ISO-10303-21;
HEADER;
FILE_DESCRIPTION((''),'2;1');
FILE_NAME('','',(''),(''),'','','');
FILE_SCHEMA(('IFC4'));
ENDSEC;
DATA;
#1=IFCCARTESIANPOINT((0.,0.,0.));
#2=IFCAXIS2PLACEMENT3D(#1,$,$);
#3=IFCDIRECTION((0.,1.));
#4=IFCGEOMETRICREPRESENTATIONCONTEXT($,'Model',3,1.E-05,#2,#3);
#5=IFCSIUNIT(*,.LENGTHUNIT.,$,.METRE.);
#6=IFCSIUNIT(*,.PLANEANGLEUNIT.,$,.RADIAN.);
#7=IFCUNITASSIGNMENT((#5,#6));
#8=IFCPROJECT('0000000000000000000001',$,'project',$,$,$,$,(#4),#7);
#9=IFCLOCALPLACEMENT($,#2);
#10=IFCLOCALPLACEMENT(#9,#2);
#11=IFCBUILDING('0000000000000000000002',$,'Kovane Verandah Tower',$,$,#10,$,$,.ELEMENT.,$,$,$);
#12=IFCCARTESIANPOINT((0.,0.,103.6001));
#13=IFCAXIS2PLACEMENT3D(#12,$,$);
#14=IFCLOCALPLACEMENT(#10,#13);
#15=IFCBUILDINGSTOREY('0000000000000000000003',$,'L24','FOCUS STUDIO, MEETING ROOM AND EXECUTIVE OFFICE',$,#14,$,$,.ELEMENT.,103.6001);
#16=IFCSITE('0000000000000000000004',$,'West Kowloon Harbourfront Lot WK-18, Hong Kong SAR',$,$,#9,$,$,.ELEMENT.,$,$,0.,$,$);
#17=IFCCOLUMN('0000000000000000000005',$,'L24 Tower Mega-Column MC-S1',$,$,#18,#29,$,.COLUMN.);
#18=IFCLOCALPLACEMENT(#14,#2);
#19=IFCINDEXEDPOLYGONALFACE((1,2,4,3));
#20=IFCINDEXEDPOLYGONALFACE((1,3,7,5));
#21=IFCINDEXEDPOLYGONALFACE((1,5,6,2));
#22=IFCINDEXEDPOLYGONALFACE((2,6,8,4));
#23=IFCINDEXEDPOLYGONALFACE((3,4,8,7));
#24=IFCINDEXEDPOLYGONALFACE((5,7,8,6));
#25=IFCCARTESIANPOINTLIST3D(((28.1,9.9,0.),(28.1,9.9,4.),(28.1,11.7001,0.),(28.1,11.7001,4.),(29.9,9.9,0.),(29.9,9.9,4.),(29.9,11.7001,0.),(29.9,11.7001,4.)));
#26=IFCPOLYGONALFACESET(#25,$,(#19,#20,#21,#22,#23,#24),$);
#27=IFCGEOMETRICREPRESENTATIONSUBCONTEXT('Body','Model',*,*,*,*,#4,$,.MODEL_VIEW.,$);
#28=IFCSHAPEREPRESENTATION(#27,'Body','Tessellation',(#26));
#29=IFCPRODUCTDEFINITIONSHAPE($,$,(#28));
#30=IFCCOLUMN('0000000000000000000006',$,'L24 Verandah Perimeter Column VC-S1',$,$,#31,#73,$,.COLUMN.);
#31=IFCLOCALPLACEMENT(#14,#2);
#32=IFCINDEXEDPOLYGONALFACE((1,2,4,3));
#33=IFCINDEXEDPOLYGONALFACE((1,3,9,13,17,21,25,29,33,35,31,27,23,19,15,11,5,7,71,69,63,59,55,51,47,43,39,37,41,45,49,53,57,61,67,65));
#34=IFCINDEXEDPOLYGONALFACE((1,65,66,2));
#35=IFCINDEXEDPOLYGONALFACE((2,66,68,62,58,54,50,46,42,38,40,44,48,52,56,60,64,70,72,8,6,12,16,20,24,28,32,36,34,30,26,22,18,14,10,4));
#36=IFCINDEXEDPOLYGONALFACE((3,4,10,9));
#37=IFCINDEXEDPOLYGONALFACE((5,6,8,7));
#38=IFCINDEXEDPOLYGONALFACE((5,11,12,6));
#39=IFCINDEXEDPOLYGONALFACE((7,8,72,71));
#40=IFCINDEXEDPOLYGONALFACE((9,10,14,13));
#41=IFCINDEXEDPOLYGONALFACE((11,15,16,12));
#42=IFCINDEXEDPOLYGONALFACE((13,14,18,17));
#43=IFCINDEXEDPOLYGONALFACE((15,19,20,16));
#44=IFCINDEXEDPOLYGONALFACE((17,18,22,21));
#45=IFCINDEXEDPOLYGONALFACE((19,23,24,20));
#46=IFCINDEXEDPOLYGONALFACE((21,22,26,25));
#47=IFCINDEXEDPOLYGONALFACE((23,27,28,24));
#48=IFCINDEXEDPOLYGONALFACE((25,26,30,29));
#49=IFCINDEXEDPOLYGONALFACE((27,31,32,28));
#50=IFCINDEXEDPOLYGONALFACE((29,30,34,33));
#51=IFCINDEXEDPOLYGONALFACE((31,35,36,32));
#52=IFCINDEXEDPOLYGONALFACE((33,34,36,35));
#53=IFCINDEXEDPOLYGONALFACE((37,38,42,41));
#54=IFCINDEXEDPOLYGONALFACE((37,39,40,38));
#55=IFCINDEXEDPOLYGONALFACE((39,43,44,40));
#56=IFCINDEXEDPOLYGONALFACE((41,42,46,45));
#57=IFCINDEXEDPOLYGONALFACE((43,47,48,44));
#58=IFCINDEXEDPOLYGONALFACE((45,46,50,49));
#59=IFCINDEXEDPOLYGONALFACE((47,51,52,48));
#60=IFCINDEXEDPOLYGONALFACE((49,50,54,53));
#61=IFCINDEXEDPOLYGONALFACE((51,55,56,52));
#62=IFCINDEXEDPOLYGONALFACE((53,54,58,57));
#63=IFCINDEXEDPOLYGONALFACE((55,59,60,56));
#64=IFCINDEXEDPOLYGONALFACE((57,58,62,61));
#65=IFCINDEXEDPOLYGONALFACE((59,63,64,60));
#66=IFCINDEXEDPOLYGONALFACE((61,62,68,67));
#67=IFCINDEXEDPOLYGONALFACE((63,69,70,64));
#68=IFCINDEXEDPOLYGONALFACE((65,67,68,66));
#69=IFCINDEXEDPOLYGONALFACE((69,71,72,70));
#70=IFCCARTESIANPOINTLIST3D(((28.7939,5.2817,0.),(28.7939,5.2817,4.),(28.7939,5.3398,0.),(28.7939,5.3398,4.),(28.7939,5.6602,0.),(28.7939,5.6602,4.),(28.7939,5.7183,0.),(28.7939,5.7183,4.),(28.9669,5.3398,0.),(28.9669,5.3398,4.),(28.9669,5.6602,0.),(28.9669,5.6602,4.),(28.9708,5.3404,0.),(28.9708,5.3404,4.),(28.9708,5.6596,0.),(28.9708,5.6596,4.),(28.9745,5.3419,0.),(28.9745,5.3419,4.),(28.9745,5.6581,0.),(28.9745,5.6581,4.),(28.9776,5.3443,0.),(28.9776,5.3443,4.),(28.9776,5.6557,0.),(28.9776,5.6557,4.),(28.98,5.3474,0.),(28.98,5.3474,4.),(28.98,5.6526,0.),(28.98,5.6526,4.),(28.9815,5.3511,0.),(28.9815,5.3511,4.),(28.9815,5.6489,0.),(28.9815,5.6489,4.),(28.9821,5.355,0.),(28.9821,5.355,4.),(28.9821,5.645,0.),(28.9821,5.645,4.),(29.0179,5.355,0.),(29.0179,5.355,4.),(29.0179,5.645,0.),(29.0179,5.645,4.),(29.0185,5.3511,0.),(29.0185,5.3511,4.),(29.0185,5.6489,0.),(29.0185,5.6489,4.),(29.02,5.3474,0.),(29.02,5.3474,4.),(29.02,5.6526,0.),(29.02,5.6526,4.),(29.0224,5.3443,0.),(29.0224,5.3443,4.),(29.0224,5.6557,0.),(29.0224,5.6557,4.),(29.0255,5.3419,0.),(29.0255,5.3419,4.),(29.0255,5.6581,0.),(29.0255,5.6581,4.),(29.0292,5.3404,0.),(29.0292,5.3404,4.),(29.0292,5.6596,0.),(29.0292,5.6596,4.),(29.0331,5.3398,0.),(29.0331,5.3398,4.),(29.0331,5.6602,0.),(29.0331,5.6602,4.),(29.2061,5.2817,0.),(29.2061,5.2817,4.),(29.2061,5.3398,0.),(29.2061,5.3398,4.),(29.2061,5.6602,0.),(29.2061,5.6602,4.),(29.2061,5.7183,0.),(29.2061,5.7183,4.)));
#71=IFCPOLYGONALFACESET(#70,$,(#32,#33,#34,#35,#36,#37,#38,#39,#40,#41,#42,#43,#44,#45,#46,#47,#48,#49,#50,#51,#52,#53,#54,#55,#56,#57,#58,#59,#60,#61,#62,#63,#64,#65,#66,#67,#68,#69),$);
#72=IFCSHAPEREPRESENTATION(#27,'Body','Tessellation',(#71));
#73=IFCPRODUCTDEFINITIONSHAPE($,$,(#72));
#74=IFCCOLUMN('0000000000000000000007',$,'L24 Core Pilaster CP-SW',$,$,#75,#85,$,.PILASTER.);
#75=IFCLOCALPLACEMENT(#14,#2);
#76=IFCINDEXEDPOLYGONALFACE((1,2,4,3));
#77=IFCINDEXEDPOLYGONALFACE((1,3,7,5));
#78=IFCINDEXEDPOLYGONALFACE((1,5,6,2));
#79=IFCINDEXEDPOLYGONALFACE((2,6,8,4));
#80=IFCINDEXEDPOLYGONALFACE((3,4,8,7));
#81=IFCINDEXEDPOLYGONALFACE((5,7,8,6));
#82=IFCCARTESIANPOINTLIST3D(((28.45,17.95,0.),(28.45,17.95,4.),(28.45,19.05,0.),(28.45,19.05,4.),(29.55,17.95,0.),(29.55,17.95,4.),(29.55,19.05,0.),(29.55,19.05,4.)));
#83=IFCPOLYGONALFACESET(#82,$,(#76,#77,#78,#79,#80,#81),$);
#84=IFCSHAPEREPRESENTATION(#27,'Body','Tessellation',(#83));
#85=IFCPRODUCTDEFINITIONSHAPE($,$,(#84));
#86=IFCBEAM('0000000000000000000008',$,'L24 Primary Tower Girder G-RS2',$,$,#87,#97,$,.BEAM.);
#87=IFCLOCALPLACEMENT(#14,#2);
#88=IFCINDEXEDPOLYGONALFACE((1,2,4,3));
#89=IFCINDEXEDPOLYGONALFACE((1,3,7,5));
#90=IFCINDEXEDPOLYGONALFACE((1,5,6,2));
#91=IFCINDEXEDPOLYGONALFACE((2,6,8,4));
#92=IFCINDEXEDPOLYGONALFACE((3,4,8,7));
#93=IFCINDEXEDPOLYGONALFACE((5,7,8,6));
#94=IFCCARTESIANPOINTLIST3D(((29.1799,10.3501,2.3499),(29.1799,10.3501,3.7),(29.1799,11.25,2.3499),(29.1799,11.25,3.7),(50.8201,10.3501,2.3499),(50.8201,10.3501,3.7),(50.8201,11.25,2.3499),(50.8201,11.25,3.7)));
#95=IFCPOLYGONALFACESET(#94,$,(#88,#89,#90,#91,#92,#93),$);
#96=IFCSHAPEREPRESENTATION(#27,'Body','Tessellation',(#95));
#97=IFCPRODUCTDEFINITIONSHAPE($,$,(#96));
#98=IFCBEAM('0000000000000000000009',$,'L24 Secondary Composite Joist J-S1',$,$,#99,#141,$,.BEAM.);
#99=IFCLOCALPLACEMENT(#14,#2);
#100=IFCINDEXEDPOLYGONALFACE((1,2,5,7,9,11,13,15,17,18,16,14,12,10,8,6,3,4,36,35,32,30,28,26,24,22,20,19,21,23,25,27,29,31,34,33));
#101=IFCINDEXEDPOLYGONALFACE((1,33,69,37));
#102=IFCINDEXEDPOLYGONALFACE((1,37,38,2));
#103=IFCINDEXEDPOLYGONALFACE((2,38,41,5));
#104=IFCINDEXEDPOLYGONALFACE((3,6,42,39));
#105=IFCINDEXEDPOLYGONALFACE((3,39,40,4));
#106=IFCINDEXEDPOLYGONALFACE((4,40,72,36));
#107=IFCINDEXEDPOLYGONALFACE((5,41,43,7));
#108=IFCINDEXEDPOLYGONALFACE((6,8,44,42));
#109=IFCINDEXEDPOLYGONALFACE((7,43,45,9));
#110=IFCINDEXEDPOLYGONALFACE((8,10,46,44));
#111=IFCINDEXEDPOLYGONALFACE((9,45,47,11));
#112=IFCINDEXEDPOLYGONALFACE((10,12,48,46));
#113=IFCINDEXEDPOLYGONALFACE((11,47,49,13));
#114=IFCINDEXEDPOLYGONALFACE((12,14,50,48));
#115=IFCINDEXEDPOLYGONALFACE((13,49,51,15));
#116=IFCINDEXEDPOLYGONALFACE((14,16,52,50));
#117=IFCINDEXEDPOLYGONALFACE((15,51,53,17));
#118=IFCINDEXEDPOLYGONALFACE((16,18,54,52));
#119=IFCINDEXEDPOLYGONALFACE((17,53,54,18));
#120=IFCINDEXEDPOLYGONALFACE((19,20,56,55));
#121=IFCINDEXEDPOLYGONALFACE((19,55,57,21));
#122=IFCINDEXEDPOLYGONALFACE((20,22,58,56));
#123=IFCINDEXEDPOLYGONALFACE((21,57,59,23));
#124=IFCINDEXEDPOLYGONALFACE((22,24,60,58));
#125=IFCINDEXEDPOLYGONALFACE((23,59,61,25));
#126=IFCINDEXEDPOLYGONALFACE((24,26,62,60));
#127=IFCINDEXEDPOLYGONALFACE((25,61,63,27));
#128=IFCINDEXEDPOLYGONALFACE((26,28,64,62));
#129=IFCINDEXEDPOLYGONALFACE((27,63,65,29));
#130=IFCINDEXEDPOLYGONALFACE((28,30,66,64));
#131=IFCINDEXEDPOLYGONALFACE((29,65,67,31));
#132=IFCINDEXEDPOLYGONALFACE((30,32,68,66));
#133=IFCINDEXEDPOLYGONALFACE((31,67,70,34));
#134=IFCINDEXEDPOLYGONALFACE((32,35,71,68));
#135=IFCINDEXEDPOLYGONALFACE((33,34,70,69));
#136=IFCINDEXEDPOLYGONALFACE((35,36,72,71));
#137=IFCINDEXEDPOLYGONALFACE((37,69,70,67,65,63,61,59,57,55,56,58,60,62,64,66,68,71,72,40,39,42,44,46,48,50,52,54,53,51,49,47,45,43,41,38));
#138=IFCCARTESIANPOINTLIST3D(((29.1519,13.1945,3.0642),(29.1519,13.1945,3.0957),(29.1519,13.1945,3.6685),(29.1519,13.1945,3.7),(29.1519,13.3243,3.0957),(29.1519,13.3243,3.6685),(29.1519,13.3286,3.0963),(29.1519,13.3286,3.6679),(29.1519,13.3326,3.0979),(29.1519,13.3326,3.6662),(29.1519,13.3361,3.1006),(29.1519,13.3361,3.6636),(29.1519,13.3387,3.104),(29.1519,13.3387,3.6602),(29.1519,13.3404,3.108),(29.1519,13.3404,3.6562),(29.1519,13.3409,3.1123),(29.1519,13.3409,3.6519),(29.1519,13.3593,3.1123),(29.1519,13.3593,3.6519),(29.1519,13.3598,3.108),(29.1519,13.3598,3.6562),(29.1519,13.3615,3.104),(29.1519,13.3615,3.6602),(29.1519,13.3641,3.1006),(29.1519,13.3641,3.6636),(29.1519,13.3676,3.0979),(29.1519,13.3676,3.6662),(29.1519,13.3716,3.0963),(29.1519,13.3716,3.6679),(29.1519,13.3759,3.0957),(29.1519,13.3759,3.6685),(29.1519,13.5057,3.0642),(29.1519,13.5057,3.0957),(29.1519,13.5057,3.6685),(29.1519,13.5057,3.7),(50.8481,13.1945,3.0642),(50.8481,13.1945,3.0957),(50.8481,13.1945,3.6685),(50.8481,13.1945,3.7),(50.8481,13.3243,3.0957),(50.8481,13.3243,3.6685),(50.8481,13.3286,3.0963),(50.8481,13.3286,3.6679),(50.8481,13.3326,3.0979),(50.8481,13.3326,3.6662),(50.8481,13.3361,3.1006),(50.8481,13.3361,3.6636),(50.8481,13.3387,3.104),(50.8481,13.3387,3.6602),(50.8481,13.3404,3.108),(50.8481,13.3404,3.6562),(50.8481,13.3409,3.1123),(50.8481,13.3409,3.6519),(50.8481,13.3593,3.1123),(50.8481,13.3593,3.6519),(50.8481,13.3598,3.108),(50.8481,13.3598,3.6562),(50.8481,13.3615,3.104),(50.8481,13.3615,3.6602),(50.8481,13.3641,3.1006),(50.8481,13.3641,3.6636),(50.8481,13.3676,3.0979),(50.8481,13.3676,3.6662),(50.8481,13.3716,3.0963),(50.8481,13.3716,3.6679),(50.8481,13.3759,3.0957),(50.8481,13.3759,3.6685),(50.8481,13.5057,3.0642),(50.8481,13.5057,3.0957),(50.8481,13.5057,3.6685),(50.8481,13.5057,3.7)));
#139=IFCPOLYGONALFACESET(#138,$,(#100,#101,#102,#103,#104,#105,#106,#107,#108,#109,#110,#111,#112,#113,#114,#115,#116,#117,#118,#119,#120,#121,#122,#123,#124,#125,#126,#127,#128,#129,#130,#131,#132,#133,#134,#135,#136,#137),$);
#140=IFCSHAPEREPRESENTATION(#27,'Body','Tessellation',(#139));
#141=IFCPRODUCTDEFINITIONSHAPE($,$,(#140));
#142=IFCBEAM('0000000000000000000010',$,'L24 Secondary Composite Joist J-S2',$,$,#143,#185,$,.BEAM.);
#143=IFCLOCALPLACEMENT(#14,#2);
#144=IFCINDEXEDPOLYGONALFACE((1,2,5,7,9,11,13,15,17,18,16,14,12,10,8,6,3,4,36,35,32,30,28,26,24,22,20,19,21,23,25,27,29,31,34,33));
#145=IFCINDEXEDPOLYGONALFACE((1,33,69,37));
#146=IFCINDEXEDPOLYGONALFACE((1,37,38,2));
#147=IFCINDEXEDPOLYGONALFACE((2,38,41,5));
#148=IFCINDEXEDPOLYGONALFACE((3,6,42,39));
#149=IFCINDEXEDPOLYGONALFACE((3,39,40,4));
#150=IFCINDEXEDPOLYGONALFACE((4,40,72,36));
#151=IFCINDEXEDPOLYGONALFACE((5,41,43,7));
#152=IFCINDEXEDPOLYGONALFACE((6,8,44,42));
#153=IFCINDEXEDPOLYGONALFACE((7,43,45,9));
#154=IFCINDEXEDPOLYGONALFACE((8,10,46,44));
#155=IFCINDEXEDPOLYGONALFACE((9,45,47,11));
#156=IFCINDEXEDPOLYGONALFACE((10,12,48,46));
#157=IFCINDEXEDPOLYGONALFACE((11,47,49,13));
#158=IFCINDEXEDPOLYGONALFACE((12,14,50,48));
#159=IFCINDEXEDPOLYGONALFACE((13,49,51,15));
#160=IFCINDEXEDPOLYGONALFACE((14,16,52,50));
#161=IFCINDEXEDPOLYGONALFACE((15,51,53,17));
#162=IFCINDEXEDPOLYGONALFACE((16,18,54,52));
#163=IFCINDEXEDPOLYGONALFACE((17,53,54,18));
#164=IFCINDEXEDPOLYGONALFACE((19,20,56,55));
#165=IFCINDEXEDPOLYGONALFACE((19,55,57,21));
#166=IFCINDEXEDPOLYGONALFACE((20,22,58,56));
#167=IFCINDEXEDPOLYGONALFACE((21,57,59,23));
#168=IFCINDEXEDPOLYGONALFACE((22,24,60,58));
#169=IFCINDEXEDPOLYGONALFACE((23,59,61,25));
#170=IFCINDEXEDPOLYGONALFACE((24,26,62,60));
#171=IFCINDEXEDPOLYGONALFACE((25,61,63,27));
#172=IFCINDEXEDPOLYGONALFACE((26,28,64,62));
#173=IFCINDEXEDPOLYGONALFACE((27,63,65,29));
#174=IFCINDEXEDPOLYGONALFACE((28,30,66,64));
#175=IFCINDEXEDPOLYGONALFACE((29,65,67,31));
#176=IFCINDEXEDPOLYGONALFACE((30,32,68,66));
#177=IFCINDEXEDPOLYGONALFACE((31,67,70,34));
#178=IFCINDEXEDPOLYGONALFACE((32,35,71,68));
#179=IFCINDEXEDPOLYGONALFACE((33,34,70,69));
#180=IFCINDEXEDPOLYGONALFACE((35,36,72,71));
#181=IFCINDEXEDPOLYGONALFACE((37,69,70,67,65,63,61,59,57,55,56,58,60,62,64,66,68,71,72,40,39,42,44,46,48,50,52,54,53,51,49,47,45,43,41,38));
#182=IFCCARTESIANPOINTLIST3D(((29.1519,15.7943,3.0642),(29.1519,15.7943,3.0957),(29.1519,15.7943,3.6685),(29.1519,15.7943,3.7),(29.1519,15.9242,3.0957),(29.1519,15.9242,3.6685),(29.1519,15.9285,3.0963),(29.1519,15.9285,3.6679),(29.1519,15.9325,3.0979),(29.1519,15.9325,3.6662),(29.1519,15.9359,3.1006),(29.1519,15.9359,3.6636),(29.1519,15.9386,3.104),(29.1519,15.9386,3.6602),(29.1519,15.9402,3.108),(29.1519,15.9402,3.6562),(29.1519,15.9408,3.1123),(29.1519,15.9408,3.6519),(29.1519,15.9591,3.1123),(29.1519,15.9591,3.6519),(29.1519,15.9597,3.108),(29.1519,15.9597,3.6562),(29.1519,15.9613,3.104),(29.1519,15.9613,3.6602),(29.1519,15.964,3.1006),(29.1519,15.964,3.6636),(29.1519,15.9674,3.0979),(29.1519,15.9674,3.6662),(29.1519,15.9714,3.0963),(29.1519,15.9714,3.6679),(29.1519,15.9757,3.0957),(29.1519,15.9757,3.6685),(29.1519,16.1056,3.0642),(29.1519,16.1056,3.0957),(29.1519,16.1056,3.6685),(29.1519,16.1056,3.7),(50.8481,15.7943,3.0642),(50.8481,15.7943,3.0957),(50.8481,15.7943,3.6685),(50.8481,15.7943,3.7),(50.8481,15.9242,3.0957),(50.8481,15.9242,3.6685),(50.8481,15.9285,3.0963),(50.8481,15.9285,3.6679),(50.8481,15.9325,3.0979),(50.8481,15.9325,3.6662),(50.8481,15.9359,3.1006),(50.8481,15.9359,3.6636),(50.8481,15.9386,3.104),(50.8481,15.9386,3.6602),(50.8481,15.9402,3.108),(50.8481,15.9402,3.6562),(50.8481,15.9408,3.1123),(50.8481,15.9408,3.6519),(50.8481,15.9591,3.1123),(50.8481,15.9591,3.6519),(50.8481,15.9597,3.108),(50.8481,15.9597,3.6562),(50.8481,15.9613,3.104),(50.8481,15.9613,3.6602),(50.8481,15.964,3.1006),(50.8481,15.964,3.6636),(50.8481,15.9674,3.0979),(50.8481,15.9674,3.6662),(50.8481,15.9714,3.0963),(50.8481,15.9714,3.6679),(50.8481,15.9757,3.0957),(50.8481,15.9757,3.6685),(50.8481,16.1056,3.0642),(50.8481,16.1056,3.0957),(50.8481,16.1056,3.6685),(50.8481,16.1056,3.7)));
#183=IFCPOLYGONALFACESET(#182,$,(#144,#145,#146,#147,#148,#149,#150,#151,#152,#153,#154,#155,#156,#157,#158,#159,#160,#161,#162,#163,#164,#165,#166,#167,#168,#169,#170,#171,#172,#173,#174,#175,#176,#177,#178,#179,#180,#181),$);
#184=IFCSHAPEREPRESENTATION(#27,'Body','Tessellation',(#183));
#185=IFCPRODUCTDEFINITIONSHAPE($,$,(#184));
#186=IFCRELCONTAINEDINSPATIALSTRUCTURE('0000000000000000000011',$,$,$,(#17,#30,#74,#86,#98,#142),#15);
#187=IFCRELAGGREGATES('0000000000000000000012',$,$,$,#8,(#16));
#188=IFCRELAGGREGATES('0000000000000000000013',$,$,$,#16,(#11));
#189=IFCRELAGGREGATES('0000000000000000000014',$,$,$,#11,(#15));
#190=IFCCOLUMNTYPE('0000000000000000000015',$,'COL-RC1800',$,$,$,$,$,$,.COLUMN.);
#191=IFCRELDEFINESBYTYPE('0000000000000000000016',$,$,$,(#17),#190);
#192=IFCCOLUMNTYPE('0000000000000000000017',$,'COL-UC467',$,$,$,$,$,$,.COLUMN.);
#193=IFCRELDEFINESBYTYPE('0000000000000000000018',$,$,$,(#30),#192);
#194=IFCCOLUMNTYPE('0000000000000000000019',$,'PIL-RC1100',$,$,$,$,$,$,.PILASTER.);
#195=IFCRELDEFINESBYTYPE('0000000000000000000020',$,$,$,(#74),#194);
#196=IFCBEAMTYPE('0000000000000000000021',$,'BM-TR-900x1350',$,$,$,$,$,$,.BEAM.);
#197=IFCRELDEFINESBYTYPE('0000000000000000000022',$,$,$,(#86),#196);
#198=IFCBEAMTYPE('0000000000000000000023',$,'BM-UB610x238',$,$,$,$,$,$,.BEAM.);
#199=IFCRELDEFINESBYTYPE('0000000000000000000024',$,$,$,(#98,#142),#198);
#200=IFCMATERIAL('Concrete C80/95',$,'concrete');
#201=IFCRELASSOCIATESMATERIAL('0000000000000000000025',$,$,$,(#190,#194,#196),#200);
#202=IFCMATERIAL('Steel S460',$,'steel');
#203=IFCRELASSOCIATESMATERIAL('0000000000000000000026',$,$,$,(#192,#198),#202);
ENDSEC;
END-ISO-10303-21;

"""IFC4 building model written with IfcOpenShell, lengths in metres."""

from ifc_helpers import new_model, si_unit, direction, frame, origin, origin_2d, place, context, subcontext, project, spatial, rectangle, i_section, extrude, material, material_profile, profile_set, type_object, element, save


model = new_model("IFC4")

# Units and contexts
model_context = context("Model", 3, precision=1e-05, world=origin(), true_north=direction((0.0, 1.0)))
body_context = subcontext(model_context, "Body", "Model", "MODEL_VIEW")
ifc_project = project(units=[si_unit("LENGTHUNIT", "METRE"), si_unit("PLANEANGLEUNIT", "RADIAN")], contexts=[model_context])

# Site, building, storey
site_placement = place(None, origin())
site = spatial("IfcSite", under=ifc_project, at=site_placement, Name="West Kowloon Harbourfront Lot WK-18, Hong Kong SAR", CompositionType="ELEMENT", RefElevation=0.0)
building_placement = place(site_placement, origin())
building = spatial("IfcBuilding", under=site, at=building_placement, Name="Kovane Verandah Tower", CompositionType="ELEMENT")
storey_placement = place(building_placement, frame((0.0, 0.0, 103.6001)))
storey = spatial("IfcBuildingStorey", under=building, at=storey_placement, Name="L24", Description="FOCUS STUDIO, MEETING ROOM AND EXECUTIVE OFFICE", CompositionType="ELEMENT", Elevation=103.6001)

# Columns
ifc_material_1 = material(Name="Concrete C80/95", Category="concrete")
ifc_material_profile_1 = material_profile(ifc_material_1, rectangle(XDim=1.8, YDim=1.8, at=origin_2d()), Name="RC1800x1800")
ifc_profile_set_1 = profile_set([ifc_material_profile_1], Name="Concrete C80/95")
column_type_1 = type_object("IfcColumnType", Name="COL-RC1800", PredefinedType="COLUMN", material=ifc_profile_set_1)
column_1_placement = place(storey_placement, frame((29.0, 10.8, 0.0), z_axis=(0.0, 0.0, 1.0), x_axis=(1.0, 0.0, 0.0)))
element("IfcColumn", 1, at=column_1_placement, inside=storey, type_object=column_type_1, Name="L24 Tower Mega-Column MC-S1", PredefinedType="COLUMN", context=body_context, shape_type="SweptSolid", body=[
    extrude(rectangle(XDim=1.8, YDim=1.8, at=origin_2d()), origin(), (0.0, 0.0, 1.0), 4.0),
])
ifc_material_2 = material(Name="Steel S460", Category="steel")
ifc_material_profile_2 = material_profile(ifc_material_2, i_section(OverallWidth=0.4121, OverallDepth=0.4365, WebThickness=0.0359, FlangeThickness=0.0581, FilletRadius=0.0151, at=origin_2d()), Name="UC356x406x467")
ifc_profile_set_2 = profile_set([ifc_material_profile_2], Name="Steel S460")
column_type_2 = type_object("IfcColumnType", Name="COL-UC467", PredefinedType="COLUMN", material=ifc_profile_set_2)
column_2_placement = place(storey_placement, frame((29.0, 5.5, 0.0), z_axis=(0.0, 0.0, 1.0), x_axis=(1.0, 0.0, 0.0)))
element("IfcColumn", 2, at=column_2_placement, inside=storey, type_object=column_type_2, Name="L24 Verandah Perimeter Column VC-S1", PredefinedType="COLUMN", context=body_context, shape_type="SweptSolid", body=[
    extrude(i_section(OverallWidth=0.4121, OverallDepth=0.4365, WebThickness=0.0359, FlangeThickness=0.0581, FilletRadius=0.0151, at=origin_2d()), origin(), (0.0, 0.0, 1.0), 4.0),
])
ifc_material_profile_3 = material_profile(ifc_material_1, rectangle(XDim=1.1001, YDim=1.1001, at=origin_2d()), Name="RC1100x1100")
ifc_profile_set_3 = profile_set([ifc_material_profile_3], Name="Concrete C80/95")
column_type_3 = type_object("IfcColumnType", Name="PIL-RC1100", PredefinedType="PILASTER", material=ifc_profile_set_3)
column_3_placement = place(storey_placement, frame((29.0, 18.5, 0.0), z_axis=(0.0, 0.0, 1.0), x_axis=(1.0, 0.0, 0.0)))
element("IfcColumn", 3, at=column_3_placement, inside=storey, type_object=column_type_3, Name="L24 Core Pilaster CP-SW", PredefinedType="PILASTER", context=body_context, shape_type="SweptSolid", body=[
    extrude(rectangle(XDim=1.1001, YDim=1.1001, at=origin_2d()), origin(), (0.0, 0.0, 1.0), 4.0),
])

# Beams
ifc_material_profile_4 = material_profile(ifc_material_1, rectangle(XDim=0.8999, YDim=1.3501, at=origin_2d()), Name="RCB900x1350")
ifc_profile_set_4 = profile_set([ifc_material_profile_4], Name="Concrete C80/95")
beam_type_1 = type_object("IfcBeamType", Name="BM-TR-900x1350", PredefinedType="BEAM", material=ifc_profile_set_4)
beam_1_placement = place(storey_placement, frame((29.1799, 10.8, 3.0249), z_axis=(1.0, 0.0, 0.0), x_axis=(0.0, 1.0, 0.0)))
element("IfcBeam", 4, at=beam_1_placement, inside=storey, type_object=beam_type_1, Name="L24 Primary Tower Girder G-RS2", PredefinedType="BEAM", context=body_context, shape_type="SweptSolid", body=[
    extrude(rectangle(XDim=0.8999, YDim=1.3501, at=origin_2d()), origin(), (0.0, 0.0, 1.0), 21.6401),
])
ifc_material_profile_5 = material_profile(ifc_material_2, i_section(OverallWidth=0.3113, OverallDepth=0.6357, WebThickness=0.0183, FlangeThickness=0.0315, FilletRadius=0.0166, at=origin_2d()), Name="UB610x305x238")
ifc_profile_set_5 = profile_set([ifc_material_profile_5], Name="Steel S460")
beam_type_2 = type_object("IfcBeamType", Name="BM-UB610x238", PredefinedType="BEAM", material=ifc_profile_set_5)
for number, where, z_axis, x_axis, name in (
    (5, (29.1519, 13.3501, 3.3821), (1.0, 0.0, 0.0), (0.0, 1.0, 0.0), "L24 Secondary Composite Joist J-S1"),
    (6, (29.1519, 15.95, 3.3821), (1.0, 0.0, 0.0), (0.0, 1.0, 0.0), "L24 Secondary Composite Joist J-S2"),
):
    element("IfcBeam", number, at=place(storey_placement, frame(where, z_axis=z_axis, x_axis=x_axis)), inside=storey, type_object=beam_type_2, Name=name, PredefinedType="BEAM", context=body_context, shape_type="SweptSolid", body=[
        extrude(i_section(OverallWidth=0.3113, OverallDepth=0.6357, WebThickness=0.0183, FlangeThickness=0.0315, FilletRadius=0.0166, at=origin_2d()), origin(), (0.0, 0.0, 1.0), 21.6963),
    ])

save(model, "model.ifc")
